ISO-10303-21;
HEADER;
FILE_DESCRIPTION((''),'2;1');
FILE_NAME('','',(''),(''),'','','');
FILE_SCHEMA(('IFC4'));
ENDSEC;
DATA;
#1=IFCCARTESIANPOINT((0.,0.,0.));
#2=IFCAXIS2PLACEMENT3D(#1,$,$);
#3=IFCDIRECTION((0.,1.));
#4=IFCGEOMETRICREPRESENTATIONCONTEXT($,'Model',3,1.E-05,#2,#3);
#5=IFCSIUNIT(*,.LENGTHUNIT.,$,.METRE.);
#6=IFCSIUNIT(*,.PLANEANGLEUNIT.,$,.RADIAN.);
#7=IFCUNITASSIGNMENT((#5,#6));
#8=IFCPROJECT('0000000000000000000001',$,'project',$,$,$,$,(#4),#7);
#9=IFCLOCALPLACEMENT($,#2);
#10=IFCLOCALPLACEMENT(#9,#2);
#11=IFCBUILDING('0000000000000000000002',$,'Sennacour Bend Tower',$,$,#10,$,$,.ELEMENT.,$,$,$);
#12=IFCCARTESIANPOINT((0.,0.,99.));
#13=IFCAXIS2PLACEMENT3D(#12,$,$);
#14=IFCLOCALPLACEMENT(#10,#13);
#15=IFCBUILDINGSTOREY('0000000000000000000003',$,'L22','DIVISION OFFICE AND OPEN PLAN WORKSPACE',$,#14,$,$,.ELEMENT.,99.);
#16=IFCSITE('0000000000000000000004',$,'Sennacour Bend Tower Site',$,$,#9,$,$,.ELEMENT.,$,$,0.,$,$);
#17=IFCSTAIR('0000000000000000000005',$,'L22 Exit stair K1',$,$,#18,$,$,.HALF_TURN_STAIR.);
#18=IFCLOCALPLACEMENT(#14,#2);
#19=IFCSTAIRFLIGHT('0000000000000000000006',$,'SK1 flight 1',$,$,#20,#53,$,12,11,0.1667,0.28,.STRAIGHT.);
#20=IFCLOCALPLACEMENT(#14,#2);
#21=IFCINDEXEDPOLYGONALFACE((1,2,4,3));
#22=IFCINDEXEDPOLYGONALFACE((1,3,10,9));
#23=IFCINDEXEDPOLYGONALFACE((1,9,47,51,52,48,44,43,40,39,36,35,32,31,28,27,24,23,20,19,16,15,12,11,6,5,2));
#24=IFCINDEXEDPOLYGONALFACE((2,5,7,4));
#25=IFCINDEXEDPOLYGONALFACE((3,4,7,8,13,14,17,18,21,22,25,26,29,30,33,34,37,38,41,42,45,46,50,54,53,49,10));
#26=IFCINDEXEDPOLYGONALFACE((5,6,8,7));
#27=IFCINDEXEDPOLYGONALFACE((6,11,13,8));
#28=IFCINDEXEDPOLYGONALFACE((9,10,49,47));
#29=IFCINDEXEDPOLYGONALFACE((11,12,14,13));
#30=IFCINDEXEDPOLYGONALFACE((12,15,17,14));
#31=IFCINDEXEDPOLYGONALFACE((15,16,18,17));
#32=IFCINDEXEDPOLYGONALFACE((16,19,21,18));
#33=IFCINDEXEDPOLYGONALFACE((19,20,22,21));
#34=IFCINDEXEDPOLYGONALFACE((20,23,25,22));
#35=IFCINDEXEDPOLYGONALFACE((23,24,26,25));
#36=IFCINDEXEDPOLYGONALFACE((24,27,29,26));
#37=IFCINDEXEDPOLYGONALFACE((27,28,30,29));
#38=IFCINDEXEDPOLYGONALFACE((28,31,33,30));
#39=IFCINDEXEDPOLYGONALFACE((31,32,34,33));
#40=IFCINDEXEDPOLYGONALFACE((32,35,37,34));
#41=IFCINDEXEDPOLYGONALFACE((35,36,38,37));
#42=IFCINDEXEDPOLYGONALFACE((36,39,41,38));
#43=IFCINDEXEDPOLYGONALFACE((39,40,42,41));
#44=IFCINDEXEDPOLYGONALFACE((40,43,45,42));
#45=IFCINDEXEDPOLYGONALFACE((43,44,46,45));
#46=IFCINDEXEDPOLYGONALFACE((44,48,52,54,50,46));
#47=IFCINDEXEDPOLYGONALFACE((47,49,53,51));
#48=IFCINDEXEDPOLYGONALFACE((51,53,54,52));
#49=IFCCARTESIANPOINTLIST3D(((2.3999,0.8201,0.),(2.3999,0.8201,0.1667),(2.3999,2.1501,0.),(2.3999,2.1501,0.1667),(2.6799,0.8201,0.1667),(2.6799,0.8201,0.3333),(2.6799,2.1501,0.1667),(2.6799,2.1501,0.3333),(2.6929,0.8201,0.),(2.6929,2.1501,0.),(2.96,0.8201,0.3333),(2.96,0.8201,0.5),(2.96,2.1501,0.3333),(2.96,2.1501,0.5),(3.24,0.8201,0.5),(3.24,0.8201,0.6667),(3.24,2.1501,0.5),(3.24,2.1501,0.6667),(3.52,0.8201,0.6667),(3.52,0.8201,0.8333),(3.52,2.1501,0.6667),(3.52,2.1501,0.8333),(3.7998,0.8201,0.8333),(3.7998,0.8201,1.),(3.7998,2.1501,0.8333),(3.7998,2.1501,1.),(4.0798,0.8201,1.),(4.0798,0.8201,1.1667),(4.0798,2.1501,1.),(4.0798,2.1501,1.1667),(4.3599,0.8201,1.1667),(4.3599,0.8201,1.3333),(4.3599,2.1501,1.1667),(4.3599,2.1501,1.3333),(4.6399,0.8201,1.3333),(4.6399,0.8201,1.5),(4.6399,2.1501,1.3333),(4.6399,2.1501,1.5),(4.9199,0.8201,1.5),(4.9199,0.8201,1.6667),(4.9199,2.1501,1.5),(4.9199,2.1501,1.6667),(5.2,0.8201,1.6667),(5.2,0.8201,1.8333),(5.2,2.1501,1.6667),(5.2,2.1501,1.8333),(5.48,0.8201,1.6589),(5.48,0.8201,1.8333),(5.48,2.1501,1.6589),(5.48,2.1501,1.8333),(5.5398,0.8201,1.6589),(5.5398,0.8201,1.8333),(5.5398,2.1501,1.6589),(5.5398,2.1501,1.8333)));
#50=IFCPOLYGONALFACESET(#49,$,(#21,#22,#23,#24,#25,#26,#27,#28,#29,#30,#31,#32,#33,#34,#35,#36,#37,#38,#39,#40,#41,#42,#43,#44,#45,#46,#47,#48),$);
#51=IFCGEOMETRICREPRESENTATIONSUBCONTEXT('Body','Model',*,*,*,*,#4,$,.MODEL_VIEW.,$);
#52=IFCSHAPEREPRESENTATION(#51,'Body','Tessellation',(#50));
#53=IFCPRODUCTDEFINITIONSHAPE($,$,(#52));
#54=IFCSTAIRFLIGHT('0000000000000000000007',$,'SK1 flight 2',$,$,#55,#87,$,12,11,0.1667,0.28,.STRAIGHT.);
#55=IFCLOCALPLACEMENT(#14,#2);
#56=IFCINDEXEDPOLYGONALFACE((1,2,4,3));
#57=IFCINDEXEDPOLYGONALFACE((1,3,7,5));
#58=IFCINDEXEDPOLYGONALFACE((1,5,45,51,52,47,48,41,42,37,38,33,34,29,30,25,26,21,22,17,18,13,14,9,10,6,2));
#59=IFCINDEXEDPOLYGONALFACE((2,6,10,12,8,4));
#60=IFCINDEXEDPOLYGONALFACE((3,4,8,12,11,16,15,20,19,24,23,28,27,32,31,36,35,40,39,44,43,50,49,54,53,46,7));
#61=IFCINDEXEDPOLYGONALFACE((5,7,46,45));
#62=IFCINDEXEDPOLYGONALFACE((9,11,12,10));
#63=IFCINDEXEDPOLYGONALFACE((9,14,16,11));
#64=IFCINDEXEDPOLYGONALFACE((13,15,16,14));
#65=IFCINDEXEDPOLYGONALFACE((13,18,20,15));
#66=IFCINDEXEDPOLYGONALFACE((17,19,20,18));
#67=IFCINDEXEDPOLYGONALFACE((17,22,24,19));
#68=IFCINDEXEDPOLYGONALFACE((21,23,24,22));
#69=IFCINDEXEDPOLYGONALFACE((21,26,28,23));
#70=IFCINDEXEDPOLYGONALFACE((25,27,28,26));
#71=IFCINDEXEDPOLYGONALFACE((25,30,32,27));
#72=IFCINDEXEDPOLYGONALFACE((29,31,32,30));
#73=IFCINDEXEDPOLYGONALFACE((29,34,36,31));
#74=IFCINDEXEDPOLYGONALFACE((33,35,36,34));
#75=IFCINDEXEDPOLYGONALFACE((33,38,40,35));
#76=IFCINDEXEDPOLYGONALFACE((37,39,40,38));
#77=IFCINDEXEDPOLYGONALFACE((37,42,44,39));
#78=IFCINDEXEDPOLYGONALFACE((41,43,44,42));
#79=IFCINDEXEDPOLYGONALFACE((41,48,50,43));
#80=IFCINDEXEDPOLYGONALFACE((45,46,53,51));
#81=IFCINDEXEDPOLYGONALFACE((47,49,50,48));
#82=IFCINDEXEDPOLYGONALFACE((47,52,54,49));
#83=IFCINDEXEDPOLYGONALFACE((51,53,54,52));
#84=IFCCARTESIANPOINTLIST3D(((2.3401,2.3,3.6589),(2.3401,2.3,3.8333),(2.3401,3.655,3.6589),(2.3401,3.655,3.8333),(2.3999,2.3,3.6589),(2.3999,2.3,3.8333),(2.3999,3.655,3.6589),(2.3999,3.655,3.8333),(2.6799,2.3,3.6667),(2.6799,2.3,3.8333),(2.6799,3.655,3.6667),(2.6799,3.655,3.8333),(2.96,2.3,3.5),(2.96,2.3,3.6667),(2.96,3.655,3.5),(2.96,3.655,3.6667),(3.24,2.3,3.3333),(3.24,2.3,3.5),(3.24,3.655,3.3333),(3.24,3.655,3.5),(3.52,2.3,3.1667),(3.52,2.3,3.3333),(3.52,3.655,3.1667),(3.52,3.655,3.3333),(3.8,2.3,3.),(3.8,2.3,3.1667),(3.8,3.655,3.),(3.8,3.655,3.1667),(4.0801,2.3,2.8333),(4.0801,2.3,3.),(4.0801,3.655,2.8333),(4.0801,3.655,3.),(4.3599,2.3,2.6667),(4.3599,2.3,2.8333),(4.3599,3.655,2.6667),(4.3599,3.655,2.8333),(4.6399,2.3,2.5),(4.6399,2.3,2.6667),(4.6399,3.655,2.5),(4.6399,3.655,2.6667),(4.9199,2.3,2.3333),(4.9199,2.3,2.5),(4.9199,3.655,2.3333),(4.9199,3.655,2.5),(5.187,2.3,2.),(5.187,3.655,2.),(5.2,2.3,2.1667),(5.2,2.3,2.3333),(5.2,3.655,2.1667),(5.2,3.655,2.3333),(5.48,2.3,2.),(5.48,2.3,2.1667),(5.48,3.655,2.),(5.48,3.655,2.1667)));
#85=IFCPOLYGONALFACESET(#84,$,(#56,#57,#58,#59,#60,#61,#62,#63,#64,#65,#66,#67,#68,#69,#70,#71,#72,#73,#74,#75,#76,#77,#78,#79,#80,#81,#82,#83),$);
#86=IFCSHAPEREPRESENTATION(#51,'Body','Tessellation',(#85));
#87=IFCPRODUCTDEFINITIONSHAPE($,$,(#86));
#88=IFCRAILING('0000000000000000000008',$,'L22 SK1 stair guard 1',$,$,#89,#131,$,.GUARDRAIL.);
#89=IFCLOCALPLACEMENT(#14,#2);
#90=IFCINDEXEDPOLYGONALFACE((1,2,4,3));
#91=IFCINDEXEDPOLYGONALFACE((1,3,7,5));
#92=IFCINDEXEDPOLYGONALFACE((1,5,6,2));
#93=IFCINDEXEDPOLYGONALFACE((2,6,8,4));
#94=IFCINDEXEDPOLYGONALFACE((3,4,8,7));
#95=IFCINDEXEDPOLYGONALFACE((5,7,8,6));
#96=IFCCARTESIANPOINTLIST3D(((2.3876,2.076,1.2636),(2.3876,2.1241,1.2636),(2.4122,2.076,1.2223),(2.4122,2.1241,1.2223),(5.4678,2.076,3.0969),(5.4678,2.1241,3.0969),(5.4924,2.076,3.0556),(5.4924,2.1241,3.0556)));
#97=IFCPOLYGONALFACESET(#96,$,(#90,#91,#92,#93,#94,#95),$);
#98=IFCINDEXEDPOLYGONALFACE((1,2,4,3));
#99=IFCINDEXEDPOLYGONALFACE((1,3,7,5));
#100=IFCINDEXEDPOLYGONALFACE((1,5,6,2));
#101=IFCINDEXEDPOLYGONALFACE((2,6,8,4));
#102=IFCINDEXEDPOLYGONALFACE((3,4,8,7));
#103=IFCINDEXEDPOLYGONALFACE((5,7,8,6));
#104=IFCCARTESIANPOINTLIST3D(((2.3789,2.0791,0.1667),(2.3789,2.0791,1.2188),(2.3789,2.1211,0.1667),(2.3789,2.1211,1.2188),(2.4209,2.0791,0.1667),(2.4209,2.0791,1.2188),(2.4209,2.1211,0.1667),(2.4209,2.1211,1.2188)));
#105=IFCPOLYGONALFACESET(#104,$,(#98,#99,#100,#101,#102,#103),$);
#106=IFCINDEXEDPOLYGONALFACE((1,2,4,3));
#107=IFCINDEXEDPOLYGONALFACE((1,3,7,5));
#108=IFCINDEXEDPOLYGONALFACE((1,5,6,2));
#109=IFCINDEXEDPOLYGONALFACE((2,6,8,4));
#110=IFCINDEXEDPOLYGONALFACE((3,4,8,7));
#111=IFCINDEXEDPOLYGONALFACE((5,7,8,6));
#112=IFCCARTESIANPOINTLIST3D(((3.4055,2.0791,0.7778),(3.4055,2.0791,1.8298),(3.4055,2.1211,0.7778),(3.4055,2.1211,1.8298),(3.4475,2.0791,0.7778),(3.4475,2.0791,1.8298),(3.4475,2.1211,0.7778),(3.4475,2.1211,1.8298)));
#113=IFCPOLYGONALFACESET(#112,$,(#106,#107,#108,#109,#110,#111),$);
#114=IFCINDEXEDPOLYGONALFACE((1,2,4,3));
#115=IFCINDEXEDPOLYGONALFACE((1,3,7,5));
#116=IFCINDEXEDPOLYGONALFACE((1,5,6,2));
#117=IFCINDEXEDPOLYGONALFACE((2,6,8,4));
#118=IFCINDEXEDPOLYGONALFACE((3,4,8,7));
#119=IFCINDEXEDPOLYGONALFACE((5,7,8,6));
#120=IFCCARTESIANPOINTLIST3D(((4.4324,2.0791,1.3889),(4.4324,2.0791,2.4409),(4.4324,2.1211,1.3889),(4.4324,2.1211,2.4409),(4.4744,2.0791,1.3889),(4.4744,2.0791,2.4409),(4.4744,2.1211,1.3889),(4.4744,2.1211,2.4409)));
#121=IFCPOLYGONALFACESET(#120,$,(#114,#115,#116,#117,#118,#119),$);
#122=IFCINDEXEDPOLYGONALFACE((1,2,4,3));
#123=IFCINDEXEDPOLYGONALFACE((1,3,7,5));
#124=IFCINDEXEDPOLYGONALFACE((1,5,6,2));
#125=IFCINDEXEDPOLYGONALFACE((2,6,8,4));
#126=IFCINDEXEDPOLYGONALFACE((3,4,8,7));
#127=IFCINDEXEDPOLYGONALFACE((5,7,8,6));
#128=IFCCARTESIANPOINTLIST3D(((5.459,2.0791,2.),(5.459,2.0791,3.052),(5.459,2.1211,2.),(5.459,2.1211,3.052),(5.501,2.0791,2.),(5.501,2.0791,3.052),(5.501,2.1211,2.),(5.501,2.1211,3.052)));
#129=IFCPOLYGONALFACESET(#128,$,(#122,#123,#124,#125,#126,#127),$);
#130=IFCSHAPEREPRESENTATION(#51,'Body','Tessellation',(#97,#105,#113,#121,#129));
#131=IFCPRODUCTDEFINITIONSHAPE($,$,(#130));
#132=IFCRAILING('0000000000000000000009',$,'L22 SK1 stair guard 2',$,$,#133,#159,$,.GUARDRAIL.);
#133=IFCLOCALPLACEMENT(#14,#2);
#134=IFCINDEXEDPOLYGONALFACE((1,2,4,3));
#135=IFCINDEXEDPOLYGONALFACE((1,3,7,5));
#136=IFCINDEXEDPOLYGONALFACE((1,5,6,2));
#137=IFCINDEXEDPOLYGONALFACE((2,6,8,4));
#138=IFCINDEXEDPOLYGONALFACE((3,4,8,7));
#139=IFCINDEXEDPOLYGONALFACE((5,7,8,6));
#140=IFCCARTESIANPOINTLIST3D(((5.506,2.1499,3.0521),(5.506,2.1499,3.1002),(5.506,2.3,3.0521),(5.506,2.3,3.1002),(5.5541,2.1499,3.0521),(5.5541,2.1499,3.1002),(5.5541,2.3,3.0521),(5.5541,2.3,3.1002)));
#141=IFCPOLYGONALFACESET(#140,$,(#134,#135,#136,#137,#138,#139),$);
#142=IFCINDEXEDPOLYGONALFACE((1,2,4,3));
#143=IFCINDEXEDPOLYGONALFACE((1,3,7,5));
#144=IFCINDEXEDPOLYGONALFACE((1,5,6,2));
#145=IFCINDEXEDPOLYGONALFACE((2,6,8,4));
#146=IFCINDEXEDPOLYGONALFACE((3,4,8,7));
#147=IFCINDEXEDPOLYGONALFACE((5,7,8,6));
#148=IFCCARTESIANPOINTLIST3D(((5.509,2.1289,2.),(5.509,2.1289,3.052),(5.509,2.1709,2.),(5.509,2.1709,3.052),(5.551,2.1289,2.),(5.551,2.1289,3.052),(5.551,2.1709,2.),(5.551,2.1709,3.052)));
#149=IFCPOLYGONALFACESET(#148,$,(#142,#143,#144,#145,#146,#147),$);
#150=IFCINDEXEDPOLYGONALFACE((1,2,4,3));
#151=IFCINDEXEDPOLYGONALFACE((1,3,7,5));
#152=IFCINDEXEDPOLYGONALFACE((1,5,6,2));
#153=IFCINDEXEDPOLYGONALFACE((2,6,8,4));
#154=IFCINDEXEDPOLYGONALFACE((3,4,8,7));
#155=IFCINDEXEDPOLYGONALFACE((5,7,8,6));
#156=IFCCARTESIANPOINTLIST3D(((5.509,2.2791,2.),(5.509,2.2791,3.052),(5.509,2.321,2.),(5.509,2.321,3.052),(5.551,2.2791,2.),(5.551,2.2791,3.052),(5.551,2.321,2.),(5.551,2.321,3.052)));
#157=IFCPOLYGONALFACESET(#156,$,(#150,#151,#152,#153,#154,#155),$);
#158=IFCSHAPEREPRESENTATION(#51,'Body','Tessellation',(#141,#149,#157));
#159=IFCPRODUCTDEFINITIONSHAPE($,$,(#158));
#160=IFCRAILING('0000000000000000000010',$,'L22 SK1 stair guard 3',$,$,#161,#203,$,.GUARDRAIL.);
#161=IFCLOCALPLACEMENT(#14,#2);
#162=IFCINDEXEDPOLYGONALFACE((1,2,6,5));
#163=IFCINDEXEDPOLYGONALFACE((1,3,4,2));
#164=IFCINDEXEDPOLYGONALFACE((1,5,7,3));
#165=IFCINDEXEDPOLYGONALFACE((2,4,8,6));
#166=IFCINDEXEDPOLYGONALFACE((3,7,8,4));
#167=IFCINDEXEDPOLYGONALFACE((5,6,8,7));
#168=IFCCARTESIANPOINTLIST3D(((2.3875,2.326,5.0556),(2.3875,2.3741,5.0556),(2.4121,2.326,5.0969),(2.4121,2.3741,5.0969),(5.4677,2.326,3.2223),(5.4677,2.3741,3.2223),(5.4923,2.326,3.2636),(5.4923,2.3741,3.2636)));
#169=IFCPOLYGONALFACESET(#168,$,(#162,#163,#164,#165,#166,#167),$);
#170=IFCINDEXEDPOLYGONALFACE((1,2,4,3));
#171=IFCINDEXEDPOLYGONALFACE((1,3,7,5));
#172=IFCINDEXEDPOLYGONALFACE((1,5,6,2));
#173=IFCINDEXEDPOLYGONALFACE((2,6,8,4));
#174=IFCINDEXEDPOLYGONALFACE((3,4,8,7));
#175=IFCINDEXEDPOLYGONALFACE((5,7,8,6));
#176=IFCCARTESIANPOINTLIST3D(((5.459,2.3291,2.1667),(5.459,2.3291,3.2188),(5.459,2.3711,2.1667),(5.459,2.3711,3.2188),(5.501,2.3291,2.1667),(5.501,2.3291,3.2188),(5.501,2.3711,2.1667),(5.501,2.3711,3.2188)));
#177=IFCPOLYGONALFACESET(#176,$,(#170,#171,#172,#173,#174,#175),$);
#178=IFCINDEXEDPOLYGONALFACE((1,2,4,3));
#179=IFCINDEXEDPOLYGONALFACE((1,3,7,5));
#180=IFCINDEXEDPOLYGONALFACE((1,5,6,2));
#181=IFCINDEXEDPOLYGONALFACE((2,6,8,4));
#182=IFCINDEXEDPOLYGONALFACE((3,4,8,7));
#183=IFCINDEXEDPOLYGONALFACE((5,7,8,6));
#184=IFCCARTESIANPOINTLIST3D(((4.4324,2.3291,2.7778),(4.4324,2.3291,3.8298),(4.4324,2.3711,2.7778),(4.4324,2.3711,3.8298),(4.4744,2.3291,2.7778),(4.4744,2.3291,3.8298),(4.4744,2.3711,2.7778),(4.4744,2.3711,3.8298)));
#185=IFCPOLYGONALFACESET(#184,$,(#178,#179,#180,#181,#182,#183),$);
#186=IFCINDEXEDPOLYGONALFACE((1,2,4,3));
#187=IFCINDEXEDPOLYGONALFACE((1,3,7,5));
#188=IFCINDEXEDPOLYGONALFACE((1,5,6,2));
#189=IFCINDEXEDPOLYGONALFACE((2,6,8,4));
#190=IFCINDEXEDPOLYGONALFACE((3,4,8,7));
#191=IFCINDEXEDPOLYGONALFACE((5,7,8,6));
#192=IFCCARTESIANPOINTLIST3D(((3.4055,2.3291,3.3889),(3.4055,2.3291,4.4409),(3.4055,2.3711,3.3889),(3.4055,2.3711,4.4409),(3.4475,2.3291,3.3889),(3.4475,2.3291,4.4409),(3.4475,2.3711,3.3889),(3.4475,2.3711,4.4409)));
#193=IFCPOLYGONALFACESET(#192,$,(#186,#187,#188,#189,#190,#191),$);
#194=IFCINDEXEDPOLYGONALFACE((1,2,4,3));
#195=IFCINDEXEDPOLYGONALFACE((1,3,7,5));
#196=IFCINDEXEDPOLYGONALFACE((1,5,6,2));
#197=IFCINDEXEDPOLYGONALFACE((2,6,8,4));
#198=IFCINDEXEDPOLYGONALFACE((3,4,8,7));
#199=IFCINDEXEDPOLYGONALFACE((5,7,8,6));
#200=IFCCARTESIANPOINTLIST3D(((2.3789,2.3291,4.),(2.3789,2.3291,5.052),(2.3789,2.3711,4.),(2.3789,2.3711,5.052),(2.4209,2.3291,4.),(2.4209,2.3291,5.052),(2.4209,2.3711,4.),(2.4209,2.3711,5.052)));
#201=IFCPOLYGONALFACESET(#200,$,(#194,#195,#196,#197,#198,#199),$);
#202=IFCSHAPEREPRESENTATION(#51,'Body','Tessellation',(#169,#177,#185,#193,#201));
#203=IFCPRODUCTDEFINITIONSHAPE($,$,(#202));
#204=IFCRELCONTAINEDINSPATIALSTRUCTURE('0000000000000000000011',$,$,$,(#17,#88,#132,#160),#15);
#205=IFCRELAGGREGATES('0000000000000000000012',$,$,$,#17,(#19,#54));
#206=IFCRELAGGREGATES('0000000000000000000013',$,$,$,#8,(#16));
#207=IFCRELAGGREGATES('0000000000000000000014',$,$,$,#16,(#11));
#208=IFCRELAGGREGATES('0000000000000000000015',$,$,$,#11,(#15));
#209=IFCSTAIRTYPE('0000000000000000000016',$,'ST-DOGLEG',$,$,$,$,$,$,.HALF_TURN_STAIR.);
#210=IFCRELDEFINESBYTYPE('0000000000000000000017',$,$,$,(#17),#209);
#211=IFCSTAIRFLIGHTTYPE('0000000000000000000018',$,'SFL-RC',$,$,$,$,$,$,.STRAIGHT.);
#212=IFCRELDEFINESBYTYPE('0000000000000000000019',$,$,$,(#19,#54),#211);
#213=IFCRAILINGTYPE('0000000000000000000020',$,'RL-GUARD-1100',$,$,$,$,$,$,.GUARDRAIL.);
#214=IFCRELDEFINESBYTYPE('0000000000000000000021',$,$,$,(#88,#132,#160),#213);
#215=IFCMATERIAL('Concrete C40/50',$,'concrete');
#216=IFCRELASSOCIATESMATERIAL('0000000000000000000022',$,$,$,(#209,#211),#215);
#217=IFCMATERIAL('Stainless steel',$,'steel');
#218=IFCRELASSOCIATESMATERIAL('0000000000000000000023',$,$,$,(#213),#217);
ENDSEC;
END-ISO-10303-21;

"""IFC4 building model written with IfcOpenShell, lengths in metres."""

from ifc_helpers import new_model, si_unit, direction, frame, origin, origin_2d, place, context, subcontext, project, spatial, polyline, rectangle, outline, extrude, material, type_object, element, aggregate, save


model = new_model("IFC4")

# Units and contexts
model_context = context("Model", 3, precision=1e-05, world=origin(), true_north=direction((0.0, 1.0)))
body_context = subcontext(model_context, "Body", "Model", "MODEL_VIEW")
ifc_project = project(units=[si_unit("LENGTHUNIT", "METRE"), si_unit("PLANEANGLEUNIT", "RADIAN")], contexts=[model_context])

# Site, building, storey
site_placement = place(None, origin())
site = spatial("IfcSite", under=ifc_project, at=site_placement, Name="Sennacour Bend Tower Site", CompositionType="ELEMENT", RefElevation=0.0)
building_placement = place(site_placement, origin())
building = spatial("IfcBuilding", under=site, at=building_placement, Name="Sennacour Bend Tower", CompositionType="ELEMENT")
storey_placement = place(building_placement, frame((0.0, 0.0, 99.0)))
storey = spatial("IfcBuildingStorey", under=building, at=storey_placement, Name="L22", Description="DIVISION OFFICE AND OPEN PLAN WORKSPACE", CompositionType="ELEMENT", Elevation=99.0)

# Stair, stair flights
ifc_material_1 = material(Name="Concrete C40/50", Category="concrete")
stair_type = type_object("IfcStairType", Name="ST-DOGLEG", PredefinedType="HALF_TURN_STAIR", material=ifc_material_1)
stair_placement = place(storey_placement, origin())
stair = element("IfcStair", 1, at=stair_placement, inside=storey, type_object=stair_type, Name="L22 Exit stair K1", PredefinedType="HALF_TURN_STAIR")
stair_flight_type = type_object("IfcStairFlightType", Name="SFL-RC", PredefinedType="STRAIGHT", material=ifc_material_1)
stair_flight_1_placement = place(storey_placement, frame((2.3999, 1.4851, 0.0), z_axis=(0.0, 0.0, 1.0), x_axis=(1.0, 0.0, 0.0)))
stair_flight_1 = element("IfcStairFlight", 2, at=stair_flight_1_placement, type_object=stair_flight_type, Name="SK1 flight 1", NumberOfRisers=12, NumberOfTreads=11, PredefinedType="STRAIGHT", RiserHeight=0.1667, TreadLength=0.28, context=body_context, shape_type="SweptSolid", body=[
    extrude(outline(polyline([(0.0, 0.0), (0.0, 0.1667), (0.28, 0.1667), (0.28, 0.3333), (0.5601, 0.3333), (0.5601, 0.5), (0.8401, 0.5), (0.8401, 0.6667), (1.1201, 0.6667), (1.1201, 0.8333), (1.3999, 0.8333), (1.3999, 1.0), (1.6799, 1.0), (1.6799, 1.1667), (1.96, 1.1667), (1.96, 1.3333), (2.24, 1.3333), (2.24, 1.5), (2.52, 1.5), (2.52, 1.6667), (2.8, 1.6667), (2.8, 1.8333), (3.0801, 1.8333), (3.1399, 1.8333), (3.1399, 1.6589), (3.0801, 1.6589), (0.293, 0.0), (0.0, 0.0)])), frame((0.0, 0.665, 0.0), z_axis=(0.0, -1.0, 0.0), x_axis=(1.0, 0.0, 0.0)), (0.0, 0.0, 1.0), 1.3301),
])
stair_flight_2_placement = place(storey_placement, frame((5.48, 2.9775, 2.0), z_axis=(0.0, 0.0, 1.0), x_axis=(-1.0, 0.0, 0.0)))
stair_flight_2 = element("IfcStairFlight", 3, at=stair_flight_2_placement, type_object=stair_flight_type, Name="SK1 flight 2", NumberOfRisers=12, NumberOfTreads=11, PredefinedType="STRAIGHT", RiserHeight=0.1667, TreadLength=0.28, context=body_context, shape_type="SweptSolid", body=[
    extrude(outline(polyline([(0.0, 0.0), (0.0, 0.1667), (0.28, 0.1667), (0.28, 0.3333), (0.5601, 0.3333), (0.5601, 0.5), (0.8401, 0.5), (0.8401, 0.6667), (1.1201, 0.6667), (1.1201, 0.8333), (1.3999, 0.8333), (1.3999, 1.0), (1.6799, 1.0), (1.6799, 1.1667), (1.96, 1.1667), (1.96, 1.3333), (2.24, 1.3333), (2.24, 1.5), (2.52, 1.5), (2.52, 1.6667), (2.8, 1.6667), (2.8, 1.8333), (3.0801, 1.8333), (3.1399, 1.8333), (3.1399, 1.6589), (3.0801, 1.6589), (0.293, 0.0), (0.0, 0.0)])), frame((0.0, 0.6775, 0.0), z_axis=(0.0, -1.0, 0.0), x_axis=(1.0, 0.0, 0.0)), (0.0, 0.0, 1.0), 1.355),
])
aggregate(stair, [stair_flight_1, stair_flight_2])

# Railings
ifc_material_2 = material(Name="Stainless steel", Category="steel")
railing_type_1 = type_object("IfcRailingType", Name="RL-GUARD-1100", PredefinedType="GUARDRAIL", material=ifc_material_2)
railing_1_placement = place(storey_placement, frame((2.3999, 2.1001, 0.1667)))
element("IfcRailing", 4, at=railing_1_placement, inside=storey, type_object=railing_type_1, Name="L22 SK1 stair guard 1", PredefinedType="GUARDRAIL", context=body_context, shape_type="SweptSolid", body=[
    extrude(rectangle(XDim=0.0481, YDim=0.0481, at=origin_2d()), frame((0.0, 0.0, 1.0762), z_axis=(0.859309, 0.0, 0.511458), x_axis=(0.0, 1.0, 0.0)), (0.0, 0.0, 1.0), 3.5845),
    extrude(rectangle(XDim=0.042, YDim=0.042, at=origin_2d()), origin(), (0.0, 0.0, 1.0), 1.052),
    extrude(rectangle(XDim=0.042, YDim=0.042, at=origin_2d()), frame((1.0266, 0.0, 0.6111)), (0.0, 0.0, 1.0), 1.052),
    extrude(rectangle(XDim=0.042, YDim=0.042, at=origin_2d()), frame((2.0535, 0.0, 1.2222)), (0.0, 0.0, 1.0), 1.052),
    extrude(rectangle(XDim=0.042, YDim=0.042, at=origin_2d()), frame((3.0801, 0.0, 1.8333)), (0.0, 0.0, 1.0), 1.052),
])
railing_2_placement = place(storey_placement, frame((5.53, 2.1499, 2.0)))
element("IfcRailing", 5, at=railing_2_placement, inside=storey, type_object=railing_type_1, Name="L22 SK1 stair guard 2", PredefinedType="GUARDRAIL", context=body_context, shape_type="SweptSolid", body=[
    extrude(rectangle(XDim=0.0481, YDim=0.0481, at=origin_2d()), frame((0.0, 0.0, 1.0762), z_axis=(0.0, 1.0, 0.0), x_axis=(-1.0, 0.0, 0.0)), (0.0, 0.0, 1.0), 0.1501),
    extrude(rectangle(XDim=0.042, YDim=0.042, at=origin_2d()), origin(), (0.0, 0.0, 1.0), 1.052),
    extrude(rectangle(XDim=0.042, YDim=0.042, at=origin_2d()), frame((0.0, 0.1501, 0.0)), (0.0, 0.0, 1.0), 1.052),
])
railing_3_placement = place(storey_placement, frame((5.48, 2.3501, 2.1667)))
element("IfcRailing", 6, at=railing_3_placement, inside=storey, type_object=railing_type_1, Name="L22 SK1 stair guard 3", PredefinedType="GUARDRAIL", context=body_context, shape_type="SweptSolid", body=[
    extrude(rectangle(XDim=0.0481, YDim=0.0481, at=origin_2d()), frame((0.0, 0.0, 1.0762), z_axis=(-0.859309, 0.0, 0.511458), x_axis=(0.0, -1.0, 0.0)), (0.0, 0.0, 1.0), 3.5845),
    extrude(rectangle(XDim=0.042, YDim=0.042, at=origin_2d()), origin(), (0.0, 0.0, 1.0), 1.052),
    extrude(rectangle(XDim=0.042, YDim=0.042, at=origin_2d()), frame((-1.0266, 0.0, 0.6111)), (0.0, 0.0, 1.0), 1.052),
    extrude(rectangle(XDim=0.042, YDim=0.042, at=origin_2d()), frame((-2.0535, 0.0, 1.2222)), (0.0, 0.0, 1.0), 1.052),
    extrude(rectangle(XDim=0.042, YDim=0.042, at=origin_2d()), frame((-3.0801, 0.0, 1.8333)), (0.0, 0.0, 1.0), 1.052),
])

save(model, "model.ifc")
